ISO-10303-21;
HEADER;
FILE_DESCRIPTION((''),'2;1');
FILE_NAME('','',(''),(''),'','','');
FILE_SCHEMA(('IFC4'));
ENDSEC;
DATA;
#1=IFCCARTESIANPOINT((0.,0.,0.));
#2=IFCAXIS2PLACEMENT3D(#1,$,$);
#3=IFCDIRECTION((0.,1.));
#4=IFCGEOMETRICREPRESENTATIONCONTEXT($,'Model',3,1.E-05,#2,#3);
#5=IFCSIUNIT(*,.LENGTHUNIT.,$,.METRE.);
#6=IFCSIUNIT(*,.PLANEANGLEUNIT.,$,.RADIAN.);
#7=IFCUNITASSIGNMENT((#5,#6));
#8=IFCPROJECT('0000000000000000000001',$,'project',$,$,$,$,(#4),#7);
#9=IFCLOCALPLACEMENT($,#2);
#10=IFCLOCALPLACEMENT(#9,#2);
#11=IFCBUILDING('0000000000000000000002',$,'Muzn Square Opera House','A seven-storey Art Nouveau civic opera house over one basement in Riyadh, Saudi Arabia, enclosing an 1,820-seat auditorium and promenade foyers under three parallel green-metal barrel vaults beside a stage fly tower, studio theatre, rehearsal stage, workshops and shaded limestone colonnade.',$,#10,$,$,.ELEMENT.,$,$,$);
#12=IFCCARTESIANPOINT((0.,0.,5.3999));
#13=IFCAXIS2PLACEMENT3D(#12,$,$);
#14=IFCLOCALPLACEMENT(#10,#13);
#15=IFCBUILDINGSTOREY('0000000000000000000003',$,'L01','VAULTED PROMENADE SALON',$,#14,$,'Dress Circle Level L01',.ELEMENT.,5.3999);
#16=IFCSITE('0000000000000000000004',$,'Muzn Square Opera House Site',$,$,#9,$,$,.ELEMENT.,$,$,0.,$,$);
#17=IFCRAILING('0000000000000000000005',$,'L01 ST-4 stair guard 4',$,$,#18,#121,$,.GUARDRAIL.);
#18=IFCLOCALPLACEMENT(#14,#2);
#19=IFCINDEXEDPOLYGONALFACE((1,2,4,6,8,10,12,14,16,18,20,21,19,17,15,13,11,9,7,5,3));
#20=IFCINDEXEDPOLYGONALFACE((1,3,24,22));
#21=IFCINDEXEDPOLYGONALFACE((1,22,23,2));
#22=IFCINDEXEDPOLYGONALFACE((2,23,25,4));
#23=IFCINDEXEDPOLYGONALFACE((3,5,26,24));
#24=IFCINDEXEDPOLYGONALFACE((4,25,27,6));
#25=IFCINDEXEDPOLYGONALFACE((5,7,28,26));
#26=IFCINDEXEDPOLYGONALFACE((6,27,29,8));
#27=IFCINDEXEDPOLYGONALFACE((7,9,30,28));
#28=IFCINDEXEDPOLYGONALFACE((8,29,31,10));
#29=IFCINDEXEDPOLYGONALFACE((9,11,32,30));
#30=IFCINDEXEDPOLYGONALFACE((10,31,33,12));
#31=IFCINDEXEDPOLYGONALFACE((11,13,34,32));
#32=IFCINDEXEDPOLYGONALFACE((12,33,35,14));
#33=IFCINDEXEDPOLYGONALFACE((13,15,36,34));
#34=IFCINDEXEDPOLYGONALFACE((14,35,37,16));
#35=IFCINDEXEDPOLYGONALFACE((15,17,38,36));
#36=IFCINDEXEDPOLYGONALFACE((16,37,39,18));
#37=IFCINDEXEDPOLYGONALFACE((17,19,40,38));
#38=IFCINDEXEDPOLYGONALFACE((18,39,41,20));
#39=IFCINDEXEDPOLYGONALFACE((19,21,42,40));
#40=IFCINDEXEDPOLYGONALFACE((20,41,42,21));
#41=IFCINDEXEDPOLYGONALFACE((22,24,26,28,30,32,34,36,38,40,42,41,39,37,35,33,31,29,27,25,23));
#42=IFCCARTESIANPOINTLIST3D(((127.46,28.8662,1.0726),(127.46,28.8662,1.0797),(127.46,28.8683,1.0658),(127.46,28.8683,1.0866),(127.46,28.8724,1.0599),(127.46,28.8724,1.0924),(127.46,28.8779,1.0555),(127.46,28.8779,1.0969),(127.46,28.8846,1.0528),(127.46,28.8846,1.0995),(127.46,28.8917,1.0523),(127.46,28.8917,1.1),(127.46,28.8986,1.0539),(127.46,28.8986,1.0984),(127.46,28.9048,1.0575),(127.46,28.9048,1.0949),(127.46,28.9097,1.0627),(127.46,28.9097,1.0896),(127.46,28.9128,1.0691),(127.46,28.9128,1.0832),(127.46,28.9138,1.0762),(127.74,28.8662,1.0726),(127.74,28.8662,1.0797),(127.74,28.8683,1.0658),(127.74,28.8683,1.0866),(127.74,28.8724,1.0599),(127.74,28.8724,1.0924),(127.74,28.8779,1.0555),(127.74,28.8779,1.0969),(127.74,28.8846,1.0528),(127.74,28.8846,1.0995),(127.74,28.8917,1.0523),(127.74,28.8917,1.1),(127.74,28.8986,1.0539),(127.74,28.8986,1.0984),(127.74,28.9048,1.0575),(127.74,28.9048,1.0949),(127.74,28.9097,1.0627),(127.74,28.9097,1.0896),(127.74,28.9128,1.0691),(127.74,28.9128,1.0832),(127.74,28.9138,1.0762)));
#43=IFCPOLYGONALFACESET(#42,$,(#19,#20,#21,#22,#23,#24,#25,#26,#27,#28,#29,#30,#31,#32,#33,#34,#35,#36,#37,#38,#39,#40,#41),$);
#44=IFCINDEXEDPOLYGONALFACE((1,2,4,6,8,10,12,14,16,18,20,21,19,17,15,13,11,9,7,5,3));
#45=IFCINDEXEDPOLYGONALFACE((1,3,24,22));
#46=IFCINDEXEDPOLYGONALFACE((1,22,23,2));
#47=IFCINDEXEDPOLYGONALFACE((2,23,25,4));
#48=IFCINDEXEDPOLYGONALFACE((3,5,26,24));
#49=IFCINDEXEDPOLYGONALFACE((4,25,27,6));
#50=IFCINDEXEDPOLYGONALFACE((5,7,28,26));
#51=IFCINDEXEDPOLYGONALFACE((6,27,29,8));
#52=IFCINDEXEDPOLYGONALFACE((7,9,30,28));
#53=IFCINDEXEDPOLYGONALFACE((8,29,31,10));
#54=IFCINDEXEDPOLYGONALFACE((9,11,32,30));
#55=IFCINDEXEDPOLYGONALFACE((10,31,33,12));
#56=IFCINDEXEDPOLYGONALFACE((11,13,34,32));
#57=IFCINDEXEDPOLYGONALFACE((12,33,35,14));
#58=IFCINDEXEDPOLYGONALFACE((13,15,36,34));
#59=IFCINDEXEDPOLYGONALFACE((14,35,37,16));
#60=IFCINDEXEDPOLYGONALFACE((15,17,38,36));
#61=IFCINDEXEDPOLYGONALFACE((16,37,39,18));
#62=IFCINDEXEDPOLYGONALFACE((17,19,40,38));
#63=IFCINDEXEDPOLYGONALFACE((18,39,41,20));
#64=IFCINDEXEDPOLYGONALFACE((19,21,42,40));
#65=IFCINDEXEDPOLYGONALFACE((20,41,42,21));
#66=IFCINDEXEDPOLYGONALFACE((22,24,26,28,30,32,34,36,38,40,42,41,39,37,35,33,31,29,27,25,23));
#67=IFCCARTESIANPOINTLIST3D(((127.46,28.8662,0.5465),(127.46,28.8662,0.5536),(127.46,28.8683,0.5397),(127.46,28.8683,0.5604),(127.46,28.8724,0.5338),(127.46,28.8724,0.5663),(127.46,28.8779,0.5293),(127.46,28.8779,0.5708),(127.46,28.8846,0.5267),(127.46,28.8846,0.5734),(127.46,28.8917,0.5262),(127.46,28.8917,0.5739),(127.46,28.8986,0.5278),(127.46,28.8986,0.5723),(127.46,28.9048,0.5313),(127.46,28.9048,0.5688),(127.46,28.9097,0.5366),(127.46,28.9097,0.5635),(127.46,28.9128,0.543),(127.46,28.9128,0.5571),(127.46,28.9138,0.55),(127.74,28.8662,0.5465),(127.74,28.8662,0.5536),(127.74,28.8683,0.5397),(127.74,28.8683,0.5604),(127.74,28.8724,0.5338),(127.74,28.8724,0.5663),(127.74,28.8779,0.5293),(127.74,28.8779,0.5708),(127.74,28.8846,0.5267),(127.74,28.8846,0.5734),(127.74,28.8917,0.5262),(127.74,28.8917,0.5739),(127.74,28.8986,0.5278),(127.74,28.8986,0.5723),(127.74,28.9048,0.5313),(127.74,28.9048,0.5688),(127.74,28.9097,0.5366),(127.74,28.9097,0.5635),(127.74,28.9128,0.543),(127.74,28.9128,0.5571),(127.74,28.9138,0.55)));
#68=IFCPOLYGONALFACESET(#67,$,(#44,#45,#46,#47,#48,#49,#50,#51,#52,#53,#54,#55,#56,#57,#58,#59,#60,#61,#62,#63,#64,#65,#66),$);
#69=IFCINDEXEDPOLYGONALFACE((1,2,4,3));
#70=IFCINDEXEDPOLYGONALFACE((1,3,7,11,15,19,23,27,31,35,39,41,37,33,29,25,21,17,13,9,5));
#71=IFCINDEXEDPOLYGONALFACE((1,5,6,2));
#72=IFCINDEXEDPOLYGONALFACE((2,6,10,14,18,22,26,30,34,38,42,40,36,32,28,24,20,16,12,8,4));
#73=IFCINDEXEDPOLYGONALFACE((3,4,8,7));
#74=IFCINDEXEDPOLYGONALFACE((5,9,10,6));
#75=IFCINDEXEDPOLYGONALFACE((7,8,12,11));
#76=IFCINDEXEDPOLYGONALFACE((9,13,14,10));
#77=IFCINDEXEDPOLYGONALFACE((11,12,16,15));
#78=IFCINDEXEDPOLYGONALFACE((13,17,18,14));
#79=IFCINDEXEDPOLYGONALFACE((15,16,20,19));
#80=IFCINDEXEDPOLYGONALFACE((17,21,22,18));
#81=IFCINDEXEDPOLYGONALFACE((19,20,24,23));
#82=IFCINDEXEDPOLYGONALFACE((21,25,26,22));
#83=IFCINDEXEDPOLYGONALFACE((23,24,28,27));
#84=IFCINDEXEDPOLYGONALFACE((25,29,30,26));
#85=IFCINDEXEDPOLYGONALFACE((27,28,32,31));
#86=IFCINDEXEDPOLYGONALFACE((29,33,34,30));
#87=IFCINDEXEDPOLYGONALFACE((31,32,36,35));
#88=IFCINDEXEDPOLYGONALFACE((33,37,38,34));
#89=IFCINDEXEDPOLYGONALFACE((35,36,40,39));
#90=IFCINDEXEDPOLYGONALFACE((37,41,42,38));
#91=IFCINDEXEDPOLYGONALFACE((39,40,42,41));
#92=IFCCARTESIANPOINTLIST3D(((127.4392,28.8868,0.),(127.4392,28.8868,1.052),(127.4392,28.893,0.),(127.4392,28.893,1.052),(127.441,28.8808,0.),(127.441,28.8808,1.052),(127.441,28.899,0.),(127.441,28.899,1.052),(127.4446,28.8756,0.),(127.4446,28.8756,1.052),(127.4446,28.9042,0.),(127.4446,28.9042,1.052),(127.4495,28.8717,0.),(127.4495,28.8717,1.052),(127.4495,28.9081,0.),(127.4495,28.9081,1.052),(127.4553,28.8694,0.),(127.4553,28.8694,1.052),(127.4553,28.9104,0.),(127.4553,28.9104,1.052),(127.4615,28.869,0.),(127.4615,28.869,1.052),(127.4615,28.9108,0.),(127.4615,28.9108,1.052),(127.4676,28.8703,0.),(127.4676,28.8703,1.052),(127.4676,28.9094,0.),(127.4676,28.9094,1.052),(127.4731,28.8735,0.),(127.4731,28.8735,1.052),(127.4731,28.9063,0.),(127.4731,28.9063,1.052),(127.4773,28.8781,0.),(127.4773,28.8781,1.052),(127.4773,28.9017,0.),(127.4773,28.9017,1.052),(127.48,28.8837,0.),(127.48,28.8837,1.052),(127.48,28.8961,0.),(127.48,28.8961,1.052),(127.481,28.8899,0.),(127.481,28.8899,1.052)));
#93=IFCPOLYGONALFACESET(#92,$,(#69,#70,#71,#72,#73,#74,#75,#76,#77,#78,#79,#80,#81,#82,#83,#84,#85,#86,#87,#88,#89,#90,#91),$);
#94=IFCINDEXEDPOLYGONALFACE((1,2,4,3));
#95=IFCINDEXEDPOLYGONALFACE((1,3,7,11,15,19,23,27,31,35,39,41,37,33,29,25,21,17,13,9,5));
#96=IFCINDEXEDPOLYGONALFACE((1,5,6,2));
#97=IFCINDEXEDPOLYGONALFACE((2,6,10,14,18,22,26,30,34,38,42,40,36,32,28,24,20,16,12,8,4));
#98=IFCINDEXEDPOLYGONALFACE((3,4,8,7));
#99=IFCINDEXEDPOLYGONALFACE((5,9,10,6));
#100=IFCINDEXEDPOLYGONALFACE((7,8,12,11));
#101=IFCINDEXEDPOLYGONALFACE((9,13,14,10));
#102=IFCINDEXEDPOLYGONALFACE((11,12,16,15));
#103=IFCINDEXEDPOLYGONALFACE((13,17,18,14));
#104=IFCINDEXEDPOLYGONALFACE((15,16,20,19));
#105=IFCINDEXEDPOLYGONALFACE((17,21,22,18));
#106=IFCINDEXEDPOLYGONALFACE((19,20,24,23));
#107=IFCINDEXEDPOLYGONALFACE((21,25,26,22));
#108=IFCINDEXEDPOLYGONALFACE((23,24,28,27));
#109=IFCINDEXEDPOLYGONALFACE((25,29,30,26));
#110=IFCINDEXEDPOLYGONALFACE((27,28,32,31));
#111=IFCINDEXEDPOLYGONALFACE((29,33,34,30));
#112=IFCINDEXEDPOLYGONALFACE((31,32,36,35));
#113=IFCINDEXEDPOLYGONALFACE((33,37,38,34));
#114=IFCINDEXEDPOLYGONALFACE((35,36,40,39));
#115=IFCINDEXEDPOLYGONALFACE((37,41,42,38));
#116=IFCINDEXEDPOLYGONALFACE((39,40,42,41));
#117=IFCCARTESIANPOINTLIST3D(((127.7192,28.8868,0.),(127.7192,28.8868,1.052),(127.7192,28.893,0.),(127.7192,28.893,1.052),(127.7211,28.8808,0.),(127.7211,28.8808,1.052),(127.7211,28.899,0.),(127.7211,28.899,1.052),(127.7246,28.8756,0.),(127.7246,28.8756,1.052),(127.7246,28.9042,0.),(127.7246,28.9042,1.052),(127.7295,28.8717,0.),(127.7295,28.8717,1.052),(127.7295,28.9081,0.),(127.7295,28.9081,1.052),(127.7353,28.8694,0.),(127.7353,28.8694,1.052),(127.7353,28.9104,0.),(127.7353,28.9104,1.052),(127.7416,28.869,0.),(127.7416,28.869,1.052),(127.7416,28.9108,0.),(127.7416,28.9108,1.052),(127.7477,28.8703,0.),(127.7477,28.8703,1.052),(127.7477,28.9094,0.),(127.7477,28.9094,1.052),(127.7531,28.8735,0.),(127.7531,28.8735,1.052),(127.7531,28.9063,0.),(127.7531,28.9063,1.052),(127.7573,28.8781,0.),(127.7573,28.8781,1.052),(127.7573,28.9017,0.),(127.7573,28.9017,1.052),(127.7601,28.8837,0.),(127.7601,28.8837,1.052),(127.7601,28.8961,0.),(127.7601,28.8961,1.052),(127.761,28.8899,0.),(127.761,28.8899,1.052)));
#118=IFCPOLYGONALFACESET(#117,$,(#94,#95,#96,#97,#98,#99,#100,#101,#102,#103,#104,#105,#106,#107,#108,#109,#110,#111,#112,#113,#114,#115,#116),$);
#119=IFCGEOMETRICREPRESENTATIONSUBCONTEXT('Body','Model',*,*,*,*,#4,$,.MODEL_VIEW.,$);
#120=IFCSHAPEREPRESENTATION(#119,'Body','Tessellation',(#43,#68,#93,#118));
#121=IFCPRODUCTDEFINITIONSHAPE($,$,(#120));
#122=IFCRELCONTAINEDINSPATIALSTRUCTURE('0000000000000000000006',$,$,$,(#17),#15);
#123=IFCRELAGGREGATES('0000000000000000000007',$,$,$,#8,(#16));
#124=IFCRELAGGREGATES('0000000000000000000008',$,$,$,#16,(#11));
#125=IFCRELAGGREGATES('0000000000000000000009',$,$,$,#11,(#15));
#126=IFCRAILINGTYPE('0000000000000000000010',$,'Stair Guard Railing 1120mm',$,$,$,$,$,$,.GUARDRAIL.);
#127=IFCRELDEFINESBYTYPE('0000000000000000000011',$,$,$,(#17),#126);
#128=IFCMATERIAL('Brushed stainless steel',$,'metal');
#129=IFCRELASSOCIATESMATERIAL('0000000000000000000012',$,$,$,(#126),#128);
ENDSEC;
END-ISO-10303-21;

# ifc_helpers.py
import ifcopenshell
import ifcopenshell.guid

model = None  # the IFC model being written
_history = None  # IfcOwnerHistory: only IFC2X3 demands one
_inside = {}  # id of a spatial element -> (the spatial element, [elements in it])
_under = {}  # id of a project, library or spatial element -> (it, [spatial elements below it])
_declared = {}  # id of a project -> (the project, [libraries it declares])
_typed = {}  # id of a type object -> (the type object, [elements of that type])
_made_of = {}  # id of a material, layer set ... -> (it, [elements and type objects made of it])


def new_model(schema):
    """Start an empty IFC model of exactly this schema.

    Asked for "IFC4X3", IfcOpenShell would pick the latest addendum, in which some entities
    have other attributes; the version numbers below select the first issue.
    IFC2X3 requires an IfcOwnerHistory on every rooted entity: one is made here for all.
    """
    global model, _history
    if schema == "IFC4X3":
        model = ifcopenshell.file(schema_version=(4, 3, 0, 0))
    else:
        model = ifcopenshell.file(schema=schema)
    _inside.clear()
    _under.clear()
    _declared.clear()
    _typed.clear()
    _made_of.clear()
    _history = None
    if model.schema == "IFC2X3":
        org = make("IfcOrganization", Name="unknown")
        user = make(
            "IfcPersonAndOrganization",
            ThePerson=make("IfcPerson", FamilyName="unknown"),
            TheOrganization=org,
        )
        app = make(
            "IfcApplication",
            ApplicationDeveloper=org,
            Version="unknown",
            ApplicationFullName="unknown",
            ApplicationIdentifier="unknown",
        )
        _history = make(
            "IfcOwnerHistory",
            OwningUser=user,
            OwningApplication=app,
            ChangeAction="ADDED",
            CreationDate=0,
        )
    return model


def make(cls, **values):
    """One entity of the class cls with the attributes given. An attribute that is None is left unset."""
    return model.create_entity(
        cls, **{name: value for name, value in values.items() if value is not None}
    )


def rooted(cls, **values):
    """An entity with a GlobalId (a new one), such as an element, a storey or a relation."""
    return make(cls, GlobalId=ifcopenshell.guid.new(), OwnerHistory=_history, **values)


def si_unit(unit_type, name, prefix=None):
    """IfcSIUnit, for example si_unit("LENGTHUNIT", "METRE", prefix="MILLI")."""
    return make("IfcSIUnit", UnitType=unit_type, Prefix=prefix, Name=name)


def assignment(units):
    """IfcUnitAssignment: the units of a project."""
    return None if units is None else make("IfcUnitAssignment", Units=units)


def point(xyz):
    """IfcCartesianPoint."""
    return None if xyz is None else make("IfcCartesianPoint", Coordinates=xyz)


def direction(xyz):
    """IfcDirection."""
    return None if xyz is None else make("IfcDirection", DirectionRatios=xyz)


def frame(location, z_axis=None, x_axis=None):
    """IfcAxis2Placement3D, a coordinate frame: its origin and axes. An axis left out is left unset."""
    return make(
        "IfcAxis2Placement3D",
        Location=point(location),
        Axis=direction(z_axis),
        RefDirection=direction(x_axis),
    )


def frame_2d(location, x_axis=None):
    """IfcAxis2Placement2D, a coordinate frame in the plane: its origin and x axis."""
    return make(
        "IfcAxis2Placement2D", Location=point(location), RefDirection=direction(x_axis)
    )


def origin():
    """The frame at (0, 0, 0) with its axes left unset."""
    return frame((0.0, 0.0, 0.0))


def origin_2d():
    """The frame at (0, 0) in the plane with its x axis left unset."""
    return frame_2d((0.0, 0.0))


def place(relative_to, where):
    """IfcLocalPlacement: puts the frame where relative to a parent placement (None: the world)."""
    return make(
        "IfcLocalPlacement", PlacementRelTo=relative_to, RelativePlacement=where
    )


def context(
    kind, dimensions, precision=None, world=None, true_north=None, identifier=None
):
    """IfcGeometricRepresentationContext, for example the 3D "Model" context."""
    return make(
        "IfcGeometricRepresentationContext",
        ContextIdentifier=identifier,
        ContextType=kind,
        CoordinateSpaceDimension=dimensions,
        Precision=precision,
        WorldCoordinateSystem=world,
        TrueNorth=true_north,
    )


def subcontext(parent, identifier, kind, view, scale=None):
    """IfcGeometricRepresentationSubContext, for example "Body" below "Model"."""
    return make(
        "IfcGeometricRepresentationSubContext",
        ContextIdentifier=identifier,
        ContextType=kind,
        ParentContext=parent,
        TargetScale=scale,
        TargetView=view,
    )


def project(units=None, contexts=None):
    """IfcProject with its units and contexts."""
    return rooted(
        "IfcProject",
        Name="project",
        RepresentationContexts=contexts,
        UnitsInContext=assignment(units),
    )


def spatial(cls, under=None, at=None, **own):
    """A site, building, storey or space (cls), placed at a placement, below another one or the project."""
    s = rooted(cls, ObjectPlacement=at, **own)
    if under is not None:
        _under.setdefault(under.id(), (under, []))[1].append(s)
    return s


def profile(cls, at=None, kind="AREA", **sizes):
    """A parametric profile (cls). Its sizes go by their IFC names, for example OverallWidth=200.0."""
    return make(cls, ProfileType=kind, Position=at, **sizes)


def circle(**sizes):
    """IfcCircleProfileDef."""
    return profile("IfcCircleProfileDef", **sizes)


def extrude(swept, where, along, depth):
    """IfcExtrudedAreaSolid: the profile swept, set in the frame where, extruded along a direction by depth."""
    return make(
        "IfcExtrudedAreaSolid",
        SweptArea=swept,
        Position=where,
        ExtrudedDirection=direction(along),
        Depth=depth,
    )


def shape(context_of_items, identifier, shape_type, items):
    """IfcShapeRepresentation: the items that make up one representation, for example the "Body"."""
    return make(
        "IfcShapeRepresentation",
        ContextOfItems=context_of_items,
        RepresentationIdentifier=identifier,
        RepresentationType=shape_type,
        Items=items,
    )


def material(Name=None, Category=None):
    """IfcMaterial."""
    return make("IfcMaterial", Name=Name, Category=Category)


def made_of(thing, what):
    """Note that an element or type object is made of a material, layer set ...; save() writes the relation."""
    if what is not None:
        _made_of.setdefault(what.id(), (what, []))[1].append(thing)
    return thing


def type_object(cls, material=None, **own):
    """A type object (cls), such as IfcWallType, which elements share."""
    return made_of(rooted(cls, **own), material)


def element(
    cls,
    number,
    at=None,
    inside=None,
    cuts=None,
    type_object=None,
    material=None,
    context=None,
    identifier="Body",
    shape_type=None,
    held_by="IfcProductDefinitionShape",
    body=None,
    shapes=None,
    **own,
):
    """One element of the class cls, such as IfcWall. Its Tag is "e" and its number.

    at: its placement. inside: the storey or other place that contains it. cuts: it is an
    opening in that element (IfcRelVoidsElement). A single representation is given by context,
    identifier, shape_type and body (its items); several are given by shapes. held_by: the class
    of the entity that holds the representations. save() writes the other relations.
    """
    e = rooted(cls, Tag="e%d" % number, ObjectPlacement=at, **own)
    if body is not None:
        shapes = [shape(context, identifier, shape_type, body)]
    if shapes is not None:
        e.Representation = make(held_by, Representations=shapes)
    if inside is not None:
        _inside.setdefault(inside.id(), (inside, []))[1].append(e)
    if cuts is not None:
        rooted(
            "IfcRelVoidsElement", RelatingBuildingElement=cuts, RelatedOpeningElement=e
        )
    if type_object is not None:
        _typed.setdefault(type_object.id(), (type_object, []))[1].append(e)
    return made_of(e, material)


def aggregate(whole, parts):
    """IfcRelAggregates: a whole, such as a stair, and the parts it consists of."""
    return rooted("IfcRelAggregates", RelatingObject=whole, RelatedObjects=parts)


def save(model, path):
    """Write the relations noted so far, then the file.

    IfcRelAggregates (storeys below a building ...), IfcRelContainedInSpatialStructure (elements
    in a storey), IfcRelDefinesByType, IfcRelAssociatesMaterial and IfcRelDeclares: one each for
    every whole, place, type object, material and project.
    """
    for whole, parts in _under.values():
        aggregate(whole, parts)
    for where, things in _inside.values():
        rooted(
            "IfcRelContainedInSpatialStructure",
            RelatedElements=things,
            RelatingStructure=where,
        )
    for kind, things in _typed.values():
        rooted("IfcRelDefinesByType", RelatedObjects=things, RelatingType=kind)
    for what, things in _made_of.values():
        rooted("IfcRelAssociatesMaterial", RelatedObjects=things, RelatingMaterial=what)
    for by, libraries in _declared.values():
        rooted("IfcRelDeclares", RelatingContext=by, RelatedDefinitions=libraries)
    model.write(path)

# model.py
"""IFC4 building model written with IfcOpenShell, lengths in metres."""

from ifc_helpers import new_model, si_unit, direction, frame, origin, origin_2d, place, context, subcontext, project, spatial, circle, extrude, material, type_object, element, save


model = new_model("IFC4")

# Units and contexts
model_context = context("Model", 3, precision=1e-05, world=origin(), true_north=direction((0.0, 1.0)))
body_context = subcontext(model_context, "Body", "Model", "MODEL_VIEW")
ifc_project = project(units=[si_unit("LENGTHUNIT", "METRE"), si_unit("PLANEANGLEUNIT", "RADIAN")], contexts=[model_context])

# Site, building, storey
site_placement = place(None, origin())
site = spatial("IfcSite", under=ifc_project, at=site_placement, Name="Muzn Square Opera House Site", CompositionType="ELEMENT", RefElevation=0.0)
building_placement = place(site_placement, origin())
building = spatial("IfcBuilding", under=site, at=building_placement, Name="Muzn Square Opera House", Description="A seven-storey Art Nouveau civic opera house over one basement in Riyadh, Saudi Arabia, enclosing an 1,820-seat auditorium and promenade foyers under three parallel green-metal barrel vaults beside a stage fly tower, studio theatre, rehearsal stage, workshops and shaded limestone colonnade.", CompositionType="ELEMENT")
storey_placement = place(building_placement, frame((0.0, 0.0, 5.3999)))
storey = spatial("IfcBuildingStorey", under=building, at=storey_placement, Name="L01", Description="VAULTED PROMENADE SALON", LongName="Dress Circle Level L01", CompositionType="ELEMENT", Elevation=5.3999)

# Shared definitions
ifc_material_1 = material(Name="Brushed stainless steel", Category="metal")

# Railing
railing_type_1 = type_object("IfcRailingType", Name="Stair Guard Railing 1120mm", PredefinedType="GUARDRAIL", material=ifc_material_1)
railing_1_placement = place(storey_placement, frame((127.46, 28.8899, 0.0)))
element("IfcRailing", 1, at=railing_1_placement, inside=storey, type_object=railing_type_1, Name="L01 ST-4 stair guard 4", PredefinedType="GUARDRAIL", context=body_context, shape_type="SweptSolid", body=[
    extrude(circle(Radius=0.0239, at=origin_2d()), frame((0.0, 0.0, 1.0762), z_axis=(1.0, 0.0, 0.0), x_axis=(0.0, 1.0, 0.0)), (0.0, 0.0, 1.0), 0.28),
    extrude(circle(Radius=0.0239, at=origin_2d()), frame((0.0, 0.0, 0.55), z_axis=(1.0, 0.0, 0.0), x_axis=(0.0, 1.0, 0.0)), (0.0, 0.0, 1.0), 0.28),
    extrude(circle(Radius=0.021, at=origin_2d()), origin(), (0.0, 0.0, 1.0), 1.052),
    extrude(circle(Radius=0.021, at=origin_2d()), frame((0.28, 0.0, 0.0)), (0.0, 0.0, 1.0), 1.052),
])

save(model, "model.ifc")
